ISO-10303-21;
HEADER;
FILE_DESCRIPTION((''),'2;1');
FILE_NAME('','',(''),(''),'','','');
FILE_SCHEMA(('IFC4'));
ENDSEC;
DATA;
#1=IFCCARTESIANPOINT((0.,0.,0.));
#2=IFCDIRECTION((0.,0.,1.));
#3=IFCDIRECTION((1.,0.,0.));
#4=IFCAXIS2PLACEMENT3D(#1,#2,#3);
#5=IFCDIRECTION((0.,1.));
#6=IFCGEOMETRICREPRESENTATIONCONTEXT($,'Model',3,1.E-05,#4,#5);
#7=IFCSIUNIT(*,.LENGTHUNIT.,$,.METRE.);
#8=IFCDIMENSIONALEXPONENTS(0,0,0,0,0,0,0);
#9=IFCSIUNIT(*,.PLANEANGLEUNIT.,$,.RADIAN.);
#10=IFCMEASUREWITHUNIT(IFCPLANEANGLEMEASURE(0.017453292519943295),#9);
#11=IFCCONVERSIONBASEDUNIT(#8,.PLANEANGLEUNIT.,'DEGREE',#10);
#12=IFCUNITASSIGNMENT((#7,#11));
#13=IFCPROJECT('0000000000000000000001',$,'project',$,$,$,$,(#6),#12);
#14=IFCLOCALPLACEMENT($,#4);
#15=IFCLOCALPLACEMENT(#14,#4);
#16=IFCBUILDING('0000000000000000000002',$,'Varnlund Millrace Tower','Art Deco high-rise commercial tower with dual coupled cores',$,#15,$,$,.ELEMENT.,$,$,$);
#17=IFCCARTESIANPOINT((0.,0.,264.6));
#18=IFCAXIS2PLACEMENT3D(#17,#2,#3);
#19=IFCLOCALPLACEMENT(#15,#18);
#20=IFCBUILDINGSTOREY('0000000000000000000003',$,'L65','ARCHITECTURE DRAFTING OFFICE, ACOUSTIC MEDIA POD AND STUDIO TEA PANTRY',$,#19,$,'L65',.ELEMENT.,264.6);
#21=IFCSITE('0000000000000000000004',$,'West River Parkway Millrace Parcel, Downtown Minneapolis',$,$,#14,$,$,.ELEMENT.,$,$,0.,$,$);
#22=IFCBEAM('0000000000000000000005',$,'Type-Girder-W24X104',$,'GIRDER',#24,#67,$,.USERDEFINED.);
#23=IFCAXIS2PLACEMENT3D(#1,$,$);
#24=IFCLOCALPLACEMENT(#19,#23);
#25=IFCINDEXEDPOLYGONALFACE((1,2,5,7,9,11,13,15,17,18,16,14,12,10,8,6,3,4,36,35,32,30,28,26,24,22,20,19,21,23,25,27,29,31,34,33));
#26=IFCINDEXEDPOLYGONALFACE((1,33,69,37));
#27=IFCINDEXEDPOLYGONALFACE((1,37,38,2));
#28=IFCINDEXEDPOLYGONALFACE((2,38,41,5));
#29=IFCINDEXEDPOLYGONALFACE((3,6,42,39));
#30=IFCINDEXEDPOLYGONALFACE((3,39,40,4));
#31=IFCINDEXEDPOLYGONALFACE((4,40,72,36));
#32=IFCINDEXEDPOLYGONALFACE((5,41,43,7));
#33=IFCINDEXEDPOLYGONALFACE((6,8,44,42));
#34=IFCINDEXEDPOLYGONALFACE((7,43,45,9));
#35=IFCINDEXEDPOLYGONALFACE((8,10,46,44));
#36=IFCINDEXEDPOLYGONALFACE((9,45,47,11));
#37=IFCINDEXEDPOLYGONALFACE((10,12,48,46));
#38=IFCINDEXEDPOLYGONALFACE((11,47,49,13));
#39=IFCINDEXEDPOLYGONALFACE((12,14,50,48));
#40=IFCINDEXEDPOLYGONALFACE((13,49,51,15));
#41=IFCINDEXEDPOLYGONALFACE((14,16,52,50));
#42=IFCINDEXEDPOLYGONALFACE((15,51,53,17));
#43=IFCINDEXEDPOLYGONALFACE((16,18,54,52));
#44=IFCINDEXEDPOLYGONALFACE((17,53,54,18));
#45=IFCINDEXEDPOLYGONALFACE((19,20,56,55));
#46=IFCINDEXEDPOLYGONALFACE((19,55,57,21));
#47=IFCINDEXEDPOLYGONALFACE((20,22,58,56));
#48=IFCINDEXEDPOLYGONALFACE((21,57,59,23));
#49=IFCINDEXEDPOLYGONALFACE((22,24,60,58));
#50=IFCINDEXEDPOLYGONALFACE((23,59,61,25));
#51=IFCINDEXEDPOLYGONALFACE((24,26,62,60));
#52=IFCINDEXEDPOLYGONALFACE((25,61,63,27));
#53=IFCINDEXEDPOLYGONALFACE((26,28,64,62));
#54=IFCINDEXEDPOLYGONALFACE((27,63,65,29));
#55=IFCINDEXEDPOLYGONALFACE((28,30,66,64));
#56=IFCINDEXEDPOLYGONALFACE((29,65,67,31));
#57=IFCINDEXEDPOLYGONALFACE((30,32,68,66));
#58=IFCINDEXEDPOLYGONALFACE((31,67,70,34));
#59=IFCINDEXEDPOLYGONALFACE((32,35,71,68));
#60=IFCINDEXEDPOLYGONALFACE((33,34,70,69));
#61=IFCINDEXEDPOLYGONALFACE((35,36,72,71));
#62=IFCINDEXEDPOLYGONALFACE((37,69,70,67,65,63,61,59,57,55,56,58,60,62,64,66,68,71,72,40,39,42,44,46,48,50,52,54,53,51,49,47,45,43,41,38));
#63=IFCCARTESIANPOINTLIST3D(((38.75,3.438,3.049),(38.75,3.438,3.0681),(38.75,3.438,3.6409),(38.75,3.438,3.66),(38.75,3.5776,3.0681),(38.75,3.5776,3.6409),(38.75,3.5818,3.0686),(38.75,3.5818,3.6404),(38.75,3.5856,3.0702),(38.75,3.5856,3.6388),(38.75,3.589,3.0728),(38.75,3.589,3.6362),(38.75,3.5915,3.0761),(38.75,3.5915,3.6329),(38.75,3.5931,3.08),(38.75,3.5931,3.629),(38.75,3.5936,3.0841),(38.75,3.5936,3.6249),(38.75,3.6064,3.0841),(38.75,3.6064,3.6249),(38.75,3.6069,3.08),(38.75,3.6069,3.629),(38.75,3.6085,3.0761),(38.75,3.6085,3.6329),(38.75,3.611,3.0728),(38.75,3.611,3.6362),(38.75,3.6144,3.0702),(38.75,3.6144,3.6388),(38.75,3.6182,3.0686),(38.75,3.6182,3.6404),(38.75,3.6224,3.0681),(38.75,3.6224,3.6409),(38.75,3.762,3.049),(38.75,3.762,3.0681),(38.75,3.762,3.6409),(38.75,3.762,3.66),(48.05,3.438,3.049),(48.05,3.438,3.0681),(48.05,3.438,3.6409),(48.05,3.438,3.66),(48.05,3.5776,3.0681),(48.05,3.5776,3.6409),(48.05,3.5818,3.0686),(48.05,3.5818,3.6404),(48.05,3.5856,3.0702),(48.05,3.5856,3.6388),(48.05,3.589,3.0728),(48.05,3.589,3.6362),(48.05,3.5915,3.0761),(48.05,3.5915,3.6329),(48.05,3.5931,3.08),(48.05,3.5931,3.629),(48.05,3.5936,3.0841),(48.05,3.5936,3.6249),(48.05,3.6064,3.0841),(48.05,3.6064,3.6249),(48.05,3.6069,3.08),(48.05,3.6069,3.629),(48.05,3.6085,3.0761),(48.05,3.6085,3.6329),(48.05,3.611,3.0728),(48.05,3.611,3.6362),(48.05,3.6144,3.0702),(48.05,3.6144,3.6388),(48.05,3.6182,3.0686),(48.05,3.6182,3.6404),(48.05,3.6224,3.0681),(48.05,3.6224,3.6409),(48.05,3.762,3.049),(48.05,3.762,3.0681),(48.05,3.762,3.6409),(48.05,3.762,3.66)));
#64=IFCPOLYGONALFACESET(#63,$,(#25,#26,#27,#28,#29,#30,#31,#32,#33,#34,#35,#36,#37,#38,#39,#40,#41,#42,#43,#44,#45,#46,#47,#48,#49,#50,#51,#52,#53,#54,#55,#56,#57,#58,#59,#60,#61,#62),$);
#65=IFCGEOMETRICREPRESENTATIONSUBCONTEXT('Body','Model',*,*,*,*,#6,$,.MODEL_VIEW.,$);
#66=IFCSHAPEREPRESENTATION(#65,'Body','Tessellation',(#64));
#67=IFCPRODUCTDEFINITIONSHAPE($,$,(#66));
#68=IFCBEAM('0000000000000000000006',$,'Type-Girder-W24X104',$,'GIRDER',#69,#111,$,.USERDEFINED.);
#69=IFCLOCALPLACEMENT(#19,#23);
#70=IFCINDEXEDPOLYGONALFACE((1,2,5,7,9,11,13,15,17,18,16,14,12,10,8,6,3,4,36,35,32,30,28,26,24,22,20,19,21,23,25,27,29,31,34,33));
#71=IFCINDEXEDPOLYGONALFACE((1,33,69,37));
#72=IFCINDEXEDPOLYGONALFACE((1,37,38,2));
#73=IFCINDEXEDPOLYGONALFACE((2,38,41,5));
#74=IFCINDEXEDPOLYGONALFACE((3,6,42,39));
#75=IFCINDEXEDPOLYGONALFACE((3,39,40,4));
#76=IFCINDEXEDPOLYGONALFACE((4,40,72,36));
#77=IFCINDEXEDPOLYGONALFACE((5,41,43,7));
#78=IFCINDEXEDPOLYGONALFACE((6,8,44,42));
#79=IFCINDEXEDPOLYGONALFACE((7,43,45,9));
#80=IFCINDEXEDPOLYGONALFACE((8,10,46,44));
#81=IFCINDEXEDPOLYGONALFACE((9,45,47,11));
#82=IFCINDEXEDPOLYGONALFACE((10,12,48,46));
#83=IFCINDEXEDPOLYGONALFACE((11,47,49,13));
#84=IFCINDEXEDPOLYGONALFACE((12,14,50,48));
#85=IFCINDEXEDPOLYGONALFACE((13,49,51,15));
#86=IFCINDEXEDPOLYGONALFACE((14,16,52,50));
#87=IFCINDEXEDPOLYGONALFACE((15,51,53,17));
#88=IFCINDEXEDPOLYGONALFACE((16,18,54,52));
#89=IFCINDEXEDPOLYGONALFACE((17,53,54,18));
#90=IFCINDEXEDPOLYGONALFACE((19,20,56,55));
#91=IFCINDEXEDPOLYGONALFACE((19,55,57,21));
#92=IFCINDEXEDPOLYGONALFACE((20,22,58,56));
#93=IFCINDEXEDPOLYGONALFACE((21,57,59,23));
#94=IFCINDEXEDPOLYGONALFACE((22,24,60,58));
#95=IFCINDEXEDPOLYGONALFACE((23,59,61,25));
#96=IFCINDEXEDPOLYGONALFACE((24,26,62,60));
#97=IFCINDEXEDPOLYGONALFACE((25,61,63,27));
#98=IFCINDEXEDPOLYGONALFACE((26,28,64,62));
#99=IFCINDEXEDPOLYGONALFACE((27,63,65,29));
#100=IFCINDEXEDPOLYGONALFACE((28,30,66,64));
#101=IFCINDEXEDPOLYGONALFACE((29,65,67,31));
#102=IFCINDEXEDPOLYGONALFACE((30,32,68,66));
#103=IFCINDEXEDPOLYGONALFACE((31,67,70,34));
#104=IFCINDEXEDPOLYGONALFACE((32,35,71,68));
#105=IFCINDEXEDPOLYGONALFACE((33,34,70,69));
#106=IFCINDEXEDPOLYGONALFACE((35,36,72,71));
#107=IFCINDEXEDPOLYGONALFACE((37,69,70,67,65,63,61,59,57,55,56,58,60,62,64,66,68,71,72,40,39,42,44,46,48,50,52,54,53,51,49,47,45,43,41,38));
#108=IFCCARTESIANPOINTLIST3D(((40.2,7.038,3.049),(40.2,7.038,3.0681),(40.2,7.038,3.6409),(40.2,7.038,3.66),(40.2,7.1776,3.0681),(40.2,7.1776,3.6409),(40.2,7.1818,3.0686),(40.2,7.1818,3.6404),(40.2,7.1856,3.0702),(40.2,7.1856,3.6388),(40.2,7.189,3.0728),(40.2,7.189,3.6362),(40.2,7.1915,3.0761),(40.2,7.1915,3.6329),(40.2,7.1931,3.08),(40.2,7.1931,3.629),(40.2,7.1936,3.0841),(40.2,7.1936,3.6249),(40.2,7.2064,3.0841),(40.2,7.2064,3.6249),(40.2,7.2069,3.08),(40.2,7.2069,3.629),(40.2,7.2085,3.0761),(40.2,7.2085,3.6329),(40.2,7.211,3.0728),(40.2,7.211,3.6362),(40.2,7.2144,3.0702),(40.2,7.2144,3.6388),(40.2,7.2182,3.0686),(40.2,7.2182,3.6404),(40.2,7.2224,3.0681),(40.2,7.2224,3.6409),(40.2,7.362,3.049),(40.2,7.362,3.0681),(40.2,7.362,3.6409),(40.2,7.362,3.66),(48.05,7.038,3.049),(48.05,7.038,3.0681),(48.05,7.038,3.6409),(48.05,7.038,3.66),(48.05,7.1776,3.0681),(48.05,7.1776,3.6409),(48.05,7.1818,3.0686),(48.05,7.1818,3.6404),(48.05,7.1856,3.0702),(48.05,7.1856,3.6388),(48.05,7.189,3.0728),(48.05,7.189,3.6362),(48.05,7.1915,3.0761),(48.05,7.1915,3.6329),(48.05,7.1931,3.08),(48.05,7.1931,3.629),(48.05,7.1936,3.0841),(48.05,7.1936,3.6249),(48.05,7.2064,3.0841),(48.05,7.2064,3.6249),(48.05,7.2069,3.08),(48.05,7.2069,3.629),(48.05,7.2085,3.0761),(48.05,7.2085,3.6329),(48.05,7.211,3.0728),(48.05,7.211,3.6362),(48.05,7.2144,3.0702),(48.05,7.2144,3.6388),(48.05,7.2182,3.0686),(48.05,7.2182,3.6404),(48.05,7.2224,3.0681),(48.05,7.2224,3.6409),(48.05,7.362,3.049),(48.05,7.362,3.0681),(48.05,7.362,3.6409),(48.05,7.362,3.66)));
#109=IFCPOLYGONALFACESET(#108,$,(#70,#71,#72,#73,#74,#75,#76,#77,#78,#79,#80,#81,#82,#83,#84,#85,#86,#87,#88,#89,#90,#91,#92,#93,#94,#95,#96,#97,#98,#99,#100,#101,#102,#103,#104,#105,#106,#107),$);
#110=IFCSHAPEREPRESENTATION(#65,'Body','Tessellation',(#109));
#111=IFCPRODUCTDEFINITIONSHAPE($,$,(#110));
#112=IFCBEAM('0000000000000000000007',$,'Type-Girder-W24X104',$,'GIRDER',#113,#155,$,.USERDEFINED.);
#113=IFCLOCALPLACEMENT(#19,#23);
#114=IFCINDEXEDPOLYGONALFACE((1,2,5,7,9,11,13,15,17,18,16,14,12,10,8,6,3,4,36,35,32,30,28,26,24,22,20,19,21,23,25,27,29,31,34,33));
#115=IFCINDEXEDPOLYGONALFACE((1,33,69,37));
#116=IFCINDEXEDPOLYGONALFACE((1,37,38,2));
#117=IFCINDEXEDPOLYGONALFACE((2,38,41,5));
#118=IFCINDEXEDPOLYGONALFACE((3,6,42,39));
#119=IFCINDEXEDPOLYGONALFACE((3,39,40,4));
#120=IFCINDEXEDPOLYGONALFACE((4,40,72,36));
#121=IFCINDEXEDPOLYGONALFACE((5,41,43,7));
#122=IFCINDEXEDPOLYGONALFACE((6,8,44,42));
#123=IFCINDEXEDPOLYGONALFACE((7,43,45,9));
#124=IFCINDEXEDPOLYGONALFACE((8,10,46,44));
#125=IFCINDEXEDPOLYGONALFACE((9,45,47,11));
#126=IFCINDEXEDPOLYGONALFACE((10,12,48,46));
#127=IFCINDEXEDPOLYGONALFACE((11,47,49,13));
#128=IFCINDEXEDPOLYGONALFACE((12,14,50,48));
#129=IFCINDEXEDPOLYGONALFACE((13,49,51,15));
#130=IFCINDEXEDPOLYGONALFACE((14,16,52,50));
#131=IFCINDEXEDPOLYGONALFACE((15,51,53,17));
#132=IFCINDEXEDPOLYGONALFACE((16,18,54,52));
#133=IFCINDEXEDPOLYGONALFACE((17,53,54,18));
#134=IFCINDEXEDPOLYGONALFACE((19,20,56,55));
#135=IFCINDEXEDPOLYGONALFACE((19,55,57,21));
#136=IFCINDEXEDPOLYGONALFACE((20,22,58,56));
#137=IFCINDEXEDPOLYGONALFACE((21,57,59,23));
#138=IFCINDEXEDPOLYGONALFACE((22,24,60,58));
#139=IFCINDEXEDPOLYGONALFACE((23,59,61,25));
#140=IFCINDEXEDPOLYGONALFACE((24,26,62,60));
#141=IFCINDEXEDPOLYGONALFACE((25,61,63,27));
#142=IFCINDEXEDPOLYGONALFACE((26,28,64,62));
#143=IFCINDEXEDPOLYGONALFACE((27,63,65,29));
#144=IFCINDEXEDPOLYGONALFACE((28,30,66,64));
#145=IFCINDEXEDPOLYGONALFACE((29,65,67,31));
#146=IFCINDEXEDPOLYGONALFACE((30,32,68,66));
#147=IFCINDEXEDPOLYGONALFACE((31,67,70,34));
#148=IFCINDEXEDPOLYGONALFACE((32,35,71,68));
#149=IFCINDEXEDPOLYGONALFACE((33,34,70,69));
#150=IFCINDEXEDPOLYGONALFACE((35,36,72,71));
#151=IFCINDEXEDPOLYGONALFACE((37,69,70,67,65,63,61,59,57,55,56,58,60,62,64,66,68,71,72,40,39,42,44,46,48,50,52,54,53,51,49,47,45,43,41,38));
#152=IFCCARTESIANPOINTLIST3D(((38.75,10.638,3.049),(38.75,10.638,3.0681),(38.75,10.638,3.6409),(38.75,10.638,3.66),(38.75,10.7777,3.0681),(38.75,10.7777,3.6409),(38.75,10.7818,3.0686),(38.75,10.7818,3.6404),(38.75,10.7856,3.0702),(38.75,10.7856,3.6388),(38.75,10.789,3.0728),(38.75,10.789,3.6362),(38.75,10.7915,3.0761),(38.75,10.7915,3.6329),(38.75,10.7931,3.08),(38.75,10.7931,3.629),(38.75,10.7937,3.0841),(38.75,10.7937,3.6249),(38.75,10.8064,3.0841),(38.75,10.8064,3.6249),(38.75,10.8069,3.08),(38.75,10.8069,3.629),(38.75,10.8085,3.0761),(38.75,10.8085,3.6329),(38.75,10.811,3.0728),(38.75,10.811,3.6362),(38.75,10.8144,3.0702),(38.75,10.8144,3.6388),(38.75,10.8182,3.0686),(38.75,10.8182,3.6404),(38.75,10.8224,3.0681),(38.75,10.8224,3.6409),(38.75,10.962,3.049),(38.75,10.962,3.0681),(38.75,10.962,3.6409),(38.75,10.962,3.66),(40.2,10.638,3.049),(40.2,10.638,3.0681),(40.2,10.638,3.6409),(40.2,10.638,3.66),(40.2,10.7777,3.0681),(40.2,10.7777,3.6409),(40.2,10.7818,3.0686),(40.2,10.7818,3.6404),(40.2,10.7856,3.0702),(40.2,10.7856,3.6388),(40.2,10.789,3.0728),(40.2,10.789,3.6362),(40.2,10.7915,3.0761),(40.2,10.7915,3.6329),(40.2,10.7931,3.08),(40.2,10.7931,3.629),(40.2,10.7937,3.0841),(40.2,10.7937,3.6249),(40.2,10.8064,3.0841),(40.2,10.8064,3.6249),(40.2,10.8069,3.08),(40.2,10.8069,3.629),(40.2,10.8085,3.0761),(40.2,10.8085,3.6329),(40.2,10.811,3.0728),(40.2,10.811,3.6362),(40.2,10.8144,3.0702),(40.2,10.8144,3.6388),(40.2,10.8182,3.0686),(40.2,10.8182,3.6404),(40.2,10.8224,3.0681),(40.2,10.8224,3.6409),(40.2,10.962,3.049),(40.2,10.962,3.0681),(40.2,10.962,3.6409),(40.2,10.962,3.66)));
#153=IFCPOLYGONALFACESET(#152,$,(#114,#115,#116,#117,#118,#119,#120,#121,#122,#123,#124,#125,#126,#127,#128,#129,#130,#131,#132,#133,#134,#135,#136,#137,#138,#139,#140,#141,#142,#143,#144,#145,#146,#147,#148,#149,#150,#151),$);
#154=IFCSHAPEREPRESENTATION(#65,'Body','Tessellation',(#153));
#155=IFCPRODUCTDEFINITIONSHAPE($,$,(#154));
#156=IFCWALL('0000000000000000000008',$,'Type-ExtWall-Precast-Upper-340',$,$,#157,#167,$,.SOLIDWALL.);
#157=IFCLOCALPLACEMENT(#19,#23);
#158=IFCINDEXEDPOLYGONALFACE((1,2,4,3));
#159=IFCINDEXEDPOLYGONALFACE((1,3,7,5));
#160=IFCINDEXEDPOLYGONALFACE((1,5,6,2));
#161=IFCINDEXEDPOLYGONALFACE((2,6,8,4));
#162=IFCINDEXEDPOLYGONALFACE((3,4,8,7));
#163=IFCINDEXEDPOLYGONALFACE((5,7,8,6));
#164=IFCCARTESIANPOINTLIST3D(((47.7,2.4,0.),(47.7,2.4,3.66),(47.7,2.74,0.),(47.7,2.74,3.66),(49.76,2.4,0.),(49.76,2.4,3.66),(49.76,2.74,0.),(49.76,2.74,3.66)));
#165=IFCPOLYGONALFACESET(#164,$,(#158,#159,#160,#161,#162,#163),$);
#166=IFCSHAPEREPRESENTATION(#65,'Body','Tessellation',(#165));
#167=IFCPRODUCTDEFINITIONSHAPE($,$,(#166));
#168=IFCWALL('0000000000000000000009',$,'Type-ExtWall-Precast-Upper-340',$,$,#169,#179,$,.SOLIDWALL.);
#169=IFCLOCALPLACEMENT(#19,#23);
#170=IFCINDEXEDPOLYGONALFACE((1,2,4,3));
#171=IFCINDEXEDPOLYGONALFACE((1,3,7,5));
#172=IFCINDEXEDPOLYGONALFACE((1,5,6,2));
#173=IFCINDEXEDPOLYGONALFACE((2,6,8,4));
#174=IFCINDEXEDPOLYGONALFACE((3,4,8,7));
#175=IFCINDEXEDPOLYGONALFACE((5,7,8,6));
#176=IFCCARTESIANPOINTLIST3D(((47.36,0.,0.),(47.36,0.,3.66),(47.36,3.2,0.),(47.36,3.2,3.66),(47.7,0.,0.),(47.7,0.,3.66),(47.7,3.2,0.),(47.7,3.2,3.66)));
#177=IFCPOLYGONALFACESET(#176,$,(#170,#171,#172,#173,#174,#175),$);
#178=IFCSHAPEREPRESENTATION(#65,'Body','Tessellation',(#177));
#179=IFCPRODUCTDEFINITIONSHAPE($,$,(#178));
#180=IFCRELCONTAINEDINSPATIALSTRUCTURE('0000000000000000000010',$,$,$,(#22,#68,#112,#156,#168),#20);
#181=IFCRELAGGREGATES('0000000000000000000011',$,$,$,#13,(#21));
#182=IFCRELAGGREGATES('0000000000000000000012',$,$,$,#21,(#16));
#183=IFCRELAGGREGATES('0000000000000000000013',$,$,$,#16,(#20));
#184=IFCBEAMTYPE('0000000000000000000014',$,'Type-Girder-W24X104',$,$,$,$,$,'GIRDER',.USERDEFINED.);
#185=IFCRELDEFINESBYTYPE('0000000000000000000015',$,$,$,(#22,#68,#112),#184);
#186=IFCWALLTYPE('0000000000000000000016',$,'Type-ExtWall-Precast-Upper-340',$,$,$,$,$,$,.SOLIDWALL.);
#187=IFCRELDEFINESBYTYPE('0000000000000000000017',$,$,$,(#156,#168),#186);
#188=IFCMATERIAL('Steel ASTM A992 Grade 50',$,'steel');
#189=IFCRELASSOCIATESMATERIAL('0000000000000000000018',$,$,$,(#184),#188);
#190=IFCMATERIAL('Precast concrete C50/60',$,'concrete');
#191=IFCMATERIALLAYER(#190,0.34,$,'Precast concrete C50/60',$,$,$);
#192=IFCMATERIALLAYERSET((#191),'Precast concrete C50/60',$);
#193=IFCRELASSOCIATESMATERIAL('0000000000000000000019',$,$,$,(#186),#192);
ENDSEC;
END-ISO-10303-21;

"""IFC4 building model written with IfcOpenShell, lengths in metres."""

from ifc_helpers import new_model, entity, si_unit, converted_unit, direction, frame, origin_with_axes, origin_2d_with_axis, place, context, subcontext, project, spatial, polyline, i_section, outline, extrude, material, layer, layer_set, material_profile, profile_set, type_object, element, save


model = new_model("IFC4")

# Units and contexts
model_context = context("Model", 3, precision=1e-05, world=origin_with_axes(), true_north=direction((0.0, 1.0)))
body_context = subcontext(model_context, "Body", "Model", "MODEL_VIEW")
ifc_project = project(units=[si_unit("LENGTHUNIT", "METRE"), converted_unit("PLANEANGLEUNIT", "DEGREE", entity("IfcPlaneAngleMeasure", 0.017453292519943295), si_unit("PLANEANGLEUNIT", "RADIAN"), dimensions=[0, 0, 0, 0, 0, 0, 0])], contexts=[model_context])

# Site, building, storey
site_placement = place(None, origin_with_axes())
site = spatial("IfcSite", under=ifc_project, at=site_placement, Name="West River Parkway Millrace Parcel, Downtown Minneapolis", CompositionType="ELEMENT", RefElevation=0.0)
building_placement = place(site_placement, origin_with_axes())
building = spatial("IfcBuilding", under=site, at=building_placement, Name="Varnlund Millrace Tower", Description="Art Deco high-rise commercial tower with dual coupled cores", CompositionType="ELEMENT")
storey_placement = place(building_placement, frame((0.0, 0.0, 264.6), z_axis=(0.0, 0.0, 1.0), x_axis=(1.0, 0.0, 0.0)))
storey = spatial("IfcBuildingStorey", under=building, at=storey_placement, Name="L65", Description="ARCHITECTURE DRAFTING OFFICE, ACOUSTIC MEDIA POD AND STUDIO TEA PANTRY", LongName="L65", CompositionType="ELEMENT", Elevation=264.6)

# Beams
ifc_material_1 = material(Name="Steel ASTM A992 Grade 50", Category="steel")
ifc_material_profile_1 = material_profile(ifc_material_1, i_section(OverallWidth=0.324, OverallDepth=0.611, WebThickness=0.0127, FlangeThickness=0.0191, FilletRadius=0.016, at=origin_2d_with_axis()), Name="Steel ASTM A992 Grade 50")
ifc_profile_set_1 = profile_set([ifc_material_profile_1], Name="Steel ASTM A992 Grade 50")
beam_type_1 = type_object("IfcBeamType", Name="Type-Girder-W24X104", ElementType="GIRDER", PredefinedType="USERDEFINED", material=ifc_profile_set_1)
beam_1_placement = place(storey_placement, frame((38.75, 3.6, 3.3545), z_axis=(1.0, 0.0, 0.0), x_axis=(0.0, 1.0, 0.0)))
element("IfcBeam", 1, at=beam_1_placement, inside=storey, type_object=beam_type_1, Name="Type-Girder-W24X104", ObjectType="GIRDER", PredefinedType="USERDEFINED", context=body_context, shape_type="SweptSolid", body=[
    extrude(i_section(OverallWidth=0.324, OverallDepth=0.611, WebThickness=0.0127, FlangeThickness=0.0191, FilletRadius=0.016, at=origin_2d_with_axis()), origin_with_axes(), (0.0, 0.0, 1.0), 9.3),
])
beam_2_placement = place(storey_placement, frame((40.2, 7.2, 3.3545), z_axis=(1.0, 0.0, 0.0), x_axis=(0.0, 1.0, 0.0)))
element("IfcBeam", 2, at=beam_2_placement, inside=storey, type_object=beam_type_1, Name="Type-Girder-W24X104", ObjectType="GIRDER", PredefinedType="USERDEFINED", context=body_context, shape_type="SweptSolid", body=[
    extrude(i_section(OverallWidth=0.324, OverallDepth=0.611, WebThickness=0.0127, FlangeThickness=0.0191, FilletRadius=0.016, at=origin_2d_with_axis()), origin_with_axes(), (0.0, 0.0, 1.0), 7.85),
])
beam_3_placement = place(storey_placement, frame((38.75, 10.8, 3.3545), z_axis=(1.0, 0.0, 0.0), x_axis=(0.0, 1.0, 0.0)))
element("IfcBeam", 3, at=beam_3_placement, inside=storey, type_object=beam_type_1, Name="Type-Girder-W24X104", ObjectType="GIRDER", PredefinedType="USERDEFINED", context=body_context, shape_type="SweptSolid", body=[
    extrude(i_section(OverallWidth=0.324, OverallDepth=0.611, WebThickness=0.0127, FlangeThickness=0.0191, FilletRadius=0.016, at=origin_2d_with_axis()), origin_with_axes(), (0.0, 0.0, 1.0), 1.45),
])

# Walls
ifc_material_2 = material(Name="Precast concrete C50/60", Category="concrete")
ifc_layer_1 = layer(ifc_material_2, 0.34, Name="Precast concrete C50/60")
ifc_layer_set_1 = layer_set([ifc_layer_1], Name="Precast concrete C50/60")
wall_type_1 = type_object("IfcWallType", Name="Type-ExtWall-Precast-Upper-340", PredefinedType="SOLIDWALL", material=ifc_layer_set_1)
wall_1_placement = place(storey_placement, frame((49.76, 2.57, 0.0), z_axis=(0.0, 0.0, 1.0), x_axis=(-1.0, 0.0, 0.0)))
element("IfcWall", 4, at=wall_1_placement, inside=storey, type_object=wall_type_1, Name="Type-ExtWall-Precast-Upper-340", PredefinedType="SOLIDWALL", context=body_context, shape_type="SweptSolid", body=[
    extrude(outline(polyline([(0.0, -0.17), (2.06, -0.17), (2.06, 0.17), (0.0, 0.17), (0.0, -0.17)])), origin_with_axes(), (0.0, 0.0, 1.0), 3.66),
])
wall_2_placement = place(storey_placement, frame((47.53, 3.2, 0.0), z_axis=(0.0, 0.0, 1.0), x_axis=(0.0, -1.0, 0.0)))
element("IfcWall", 5, at=wall_2_placement, inside=storey, type_object=wall_type_1, Name="Type-ExtWall-Precast-Upper-340", PredefinedType="SOLIDWALL", context=body_context, shape_type="SweptSolid", body=[
    extrude(outline(polyline([(0.0, -0.17), (3.2, -0.17), (3.2, 0.17), (0.0, 0.17), (0.0, -0.17)])), origin_with_axes(), (0.0, 0.0, 1.0), 3.66),
])

save(model, "model.ifc")
